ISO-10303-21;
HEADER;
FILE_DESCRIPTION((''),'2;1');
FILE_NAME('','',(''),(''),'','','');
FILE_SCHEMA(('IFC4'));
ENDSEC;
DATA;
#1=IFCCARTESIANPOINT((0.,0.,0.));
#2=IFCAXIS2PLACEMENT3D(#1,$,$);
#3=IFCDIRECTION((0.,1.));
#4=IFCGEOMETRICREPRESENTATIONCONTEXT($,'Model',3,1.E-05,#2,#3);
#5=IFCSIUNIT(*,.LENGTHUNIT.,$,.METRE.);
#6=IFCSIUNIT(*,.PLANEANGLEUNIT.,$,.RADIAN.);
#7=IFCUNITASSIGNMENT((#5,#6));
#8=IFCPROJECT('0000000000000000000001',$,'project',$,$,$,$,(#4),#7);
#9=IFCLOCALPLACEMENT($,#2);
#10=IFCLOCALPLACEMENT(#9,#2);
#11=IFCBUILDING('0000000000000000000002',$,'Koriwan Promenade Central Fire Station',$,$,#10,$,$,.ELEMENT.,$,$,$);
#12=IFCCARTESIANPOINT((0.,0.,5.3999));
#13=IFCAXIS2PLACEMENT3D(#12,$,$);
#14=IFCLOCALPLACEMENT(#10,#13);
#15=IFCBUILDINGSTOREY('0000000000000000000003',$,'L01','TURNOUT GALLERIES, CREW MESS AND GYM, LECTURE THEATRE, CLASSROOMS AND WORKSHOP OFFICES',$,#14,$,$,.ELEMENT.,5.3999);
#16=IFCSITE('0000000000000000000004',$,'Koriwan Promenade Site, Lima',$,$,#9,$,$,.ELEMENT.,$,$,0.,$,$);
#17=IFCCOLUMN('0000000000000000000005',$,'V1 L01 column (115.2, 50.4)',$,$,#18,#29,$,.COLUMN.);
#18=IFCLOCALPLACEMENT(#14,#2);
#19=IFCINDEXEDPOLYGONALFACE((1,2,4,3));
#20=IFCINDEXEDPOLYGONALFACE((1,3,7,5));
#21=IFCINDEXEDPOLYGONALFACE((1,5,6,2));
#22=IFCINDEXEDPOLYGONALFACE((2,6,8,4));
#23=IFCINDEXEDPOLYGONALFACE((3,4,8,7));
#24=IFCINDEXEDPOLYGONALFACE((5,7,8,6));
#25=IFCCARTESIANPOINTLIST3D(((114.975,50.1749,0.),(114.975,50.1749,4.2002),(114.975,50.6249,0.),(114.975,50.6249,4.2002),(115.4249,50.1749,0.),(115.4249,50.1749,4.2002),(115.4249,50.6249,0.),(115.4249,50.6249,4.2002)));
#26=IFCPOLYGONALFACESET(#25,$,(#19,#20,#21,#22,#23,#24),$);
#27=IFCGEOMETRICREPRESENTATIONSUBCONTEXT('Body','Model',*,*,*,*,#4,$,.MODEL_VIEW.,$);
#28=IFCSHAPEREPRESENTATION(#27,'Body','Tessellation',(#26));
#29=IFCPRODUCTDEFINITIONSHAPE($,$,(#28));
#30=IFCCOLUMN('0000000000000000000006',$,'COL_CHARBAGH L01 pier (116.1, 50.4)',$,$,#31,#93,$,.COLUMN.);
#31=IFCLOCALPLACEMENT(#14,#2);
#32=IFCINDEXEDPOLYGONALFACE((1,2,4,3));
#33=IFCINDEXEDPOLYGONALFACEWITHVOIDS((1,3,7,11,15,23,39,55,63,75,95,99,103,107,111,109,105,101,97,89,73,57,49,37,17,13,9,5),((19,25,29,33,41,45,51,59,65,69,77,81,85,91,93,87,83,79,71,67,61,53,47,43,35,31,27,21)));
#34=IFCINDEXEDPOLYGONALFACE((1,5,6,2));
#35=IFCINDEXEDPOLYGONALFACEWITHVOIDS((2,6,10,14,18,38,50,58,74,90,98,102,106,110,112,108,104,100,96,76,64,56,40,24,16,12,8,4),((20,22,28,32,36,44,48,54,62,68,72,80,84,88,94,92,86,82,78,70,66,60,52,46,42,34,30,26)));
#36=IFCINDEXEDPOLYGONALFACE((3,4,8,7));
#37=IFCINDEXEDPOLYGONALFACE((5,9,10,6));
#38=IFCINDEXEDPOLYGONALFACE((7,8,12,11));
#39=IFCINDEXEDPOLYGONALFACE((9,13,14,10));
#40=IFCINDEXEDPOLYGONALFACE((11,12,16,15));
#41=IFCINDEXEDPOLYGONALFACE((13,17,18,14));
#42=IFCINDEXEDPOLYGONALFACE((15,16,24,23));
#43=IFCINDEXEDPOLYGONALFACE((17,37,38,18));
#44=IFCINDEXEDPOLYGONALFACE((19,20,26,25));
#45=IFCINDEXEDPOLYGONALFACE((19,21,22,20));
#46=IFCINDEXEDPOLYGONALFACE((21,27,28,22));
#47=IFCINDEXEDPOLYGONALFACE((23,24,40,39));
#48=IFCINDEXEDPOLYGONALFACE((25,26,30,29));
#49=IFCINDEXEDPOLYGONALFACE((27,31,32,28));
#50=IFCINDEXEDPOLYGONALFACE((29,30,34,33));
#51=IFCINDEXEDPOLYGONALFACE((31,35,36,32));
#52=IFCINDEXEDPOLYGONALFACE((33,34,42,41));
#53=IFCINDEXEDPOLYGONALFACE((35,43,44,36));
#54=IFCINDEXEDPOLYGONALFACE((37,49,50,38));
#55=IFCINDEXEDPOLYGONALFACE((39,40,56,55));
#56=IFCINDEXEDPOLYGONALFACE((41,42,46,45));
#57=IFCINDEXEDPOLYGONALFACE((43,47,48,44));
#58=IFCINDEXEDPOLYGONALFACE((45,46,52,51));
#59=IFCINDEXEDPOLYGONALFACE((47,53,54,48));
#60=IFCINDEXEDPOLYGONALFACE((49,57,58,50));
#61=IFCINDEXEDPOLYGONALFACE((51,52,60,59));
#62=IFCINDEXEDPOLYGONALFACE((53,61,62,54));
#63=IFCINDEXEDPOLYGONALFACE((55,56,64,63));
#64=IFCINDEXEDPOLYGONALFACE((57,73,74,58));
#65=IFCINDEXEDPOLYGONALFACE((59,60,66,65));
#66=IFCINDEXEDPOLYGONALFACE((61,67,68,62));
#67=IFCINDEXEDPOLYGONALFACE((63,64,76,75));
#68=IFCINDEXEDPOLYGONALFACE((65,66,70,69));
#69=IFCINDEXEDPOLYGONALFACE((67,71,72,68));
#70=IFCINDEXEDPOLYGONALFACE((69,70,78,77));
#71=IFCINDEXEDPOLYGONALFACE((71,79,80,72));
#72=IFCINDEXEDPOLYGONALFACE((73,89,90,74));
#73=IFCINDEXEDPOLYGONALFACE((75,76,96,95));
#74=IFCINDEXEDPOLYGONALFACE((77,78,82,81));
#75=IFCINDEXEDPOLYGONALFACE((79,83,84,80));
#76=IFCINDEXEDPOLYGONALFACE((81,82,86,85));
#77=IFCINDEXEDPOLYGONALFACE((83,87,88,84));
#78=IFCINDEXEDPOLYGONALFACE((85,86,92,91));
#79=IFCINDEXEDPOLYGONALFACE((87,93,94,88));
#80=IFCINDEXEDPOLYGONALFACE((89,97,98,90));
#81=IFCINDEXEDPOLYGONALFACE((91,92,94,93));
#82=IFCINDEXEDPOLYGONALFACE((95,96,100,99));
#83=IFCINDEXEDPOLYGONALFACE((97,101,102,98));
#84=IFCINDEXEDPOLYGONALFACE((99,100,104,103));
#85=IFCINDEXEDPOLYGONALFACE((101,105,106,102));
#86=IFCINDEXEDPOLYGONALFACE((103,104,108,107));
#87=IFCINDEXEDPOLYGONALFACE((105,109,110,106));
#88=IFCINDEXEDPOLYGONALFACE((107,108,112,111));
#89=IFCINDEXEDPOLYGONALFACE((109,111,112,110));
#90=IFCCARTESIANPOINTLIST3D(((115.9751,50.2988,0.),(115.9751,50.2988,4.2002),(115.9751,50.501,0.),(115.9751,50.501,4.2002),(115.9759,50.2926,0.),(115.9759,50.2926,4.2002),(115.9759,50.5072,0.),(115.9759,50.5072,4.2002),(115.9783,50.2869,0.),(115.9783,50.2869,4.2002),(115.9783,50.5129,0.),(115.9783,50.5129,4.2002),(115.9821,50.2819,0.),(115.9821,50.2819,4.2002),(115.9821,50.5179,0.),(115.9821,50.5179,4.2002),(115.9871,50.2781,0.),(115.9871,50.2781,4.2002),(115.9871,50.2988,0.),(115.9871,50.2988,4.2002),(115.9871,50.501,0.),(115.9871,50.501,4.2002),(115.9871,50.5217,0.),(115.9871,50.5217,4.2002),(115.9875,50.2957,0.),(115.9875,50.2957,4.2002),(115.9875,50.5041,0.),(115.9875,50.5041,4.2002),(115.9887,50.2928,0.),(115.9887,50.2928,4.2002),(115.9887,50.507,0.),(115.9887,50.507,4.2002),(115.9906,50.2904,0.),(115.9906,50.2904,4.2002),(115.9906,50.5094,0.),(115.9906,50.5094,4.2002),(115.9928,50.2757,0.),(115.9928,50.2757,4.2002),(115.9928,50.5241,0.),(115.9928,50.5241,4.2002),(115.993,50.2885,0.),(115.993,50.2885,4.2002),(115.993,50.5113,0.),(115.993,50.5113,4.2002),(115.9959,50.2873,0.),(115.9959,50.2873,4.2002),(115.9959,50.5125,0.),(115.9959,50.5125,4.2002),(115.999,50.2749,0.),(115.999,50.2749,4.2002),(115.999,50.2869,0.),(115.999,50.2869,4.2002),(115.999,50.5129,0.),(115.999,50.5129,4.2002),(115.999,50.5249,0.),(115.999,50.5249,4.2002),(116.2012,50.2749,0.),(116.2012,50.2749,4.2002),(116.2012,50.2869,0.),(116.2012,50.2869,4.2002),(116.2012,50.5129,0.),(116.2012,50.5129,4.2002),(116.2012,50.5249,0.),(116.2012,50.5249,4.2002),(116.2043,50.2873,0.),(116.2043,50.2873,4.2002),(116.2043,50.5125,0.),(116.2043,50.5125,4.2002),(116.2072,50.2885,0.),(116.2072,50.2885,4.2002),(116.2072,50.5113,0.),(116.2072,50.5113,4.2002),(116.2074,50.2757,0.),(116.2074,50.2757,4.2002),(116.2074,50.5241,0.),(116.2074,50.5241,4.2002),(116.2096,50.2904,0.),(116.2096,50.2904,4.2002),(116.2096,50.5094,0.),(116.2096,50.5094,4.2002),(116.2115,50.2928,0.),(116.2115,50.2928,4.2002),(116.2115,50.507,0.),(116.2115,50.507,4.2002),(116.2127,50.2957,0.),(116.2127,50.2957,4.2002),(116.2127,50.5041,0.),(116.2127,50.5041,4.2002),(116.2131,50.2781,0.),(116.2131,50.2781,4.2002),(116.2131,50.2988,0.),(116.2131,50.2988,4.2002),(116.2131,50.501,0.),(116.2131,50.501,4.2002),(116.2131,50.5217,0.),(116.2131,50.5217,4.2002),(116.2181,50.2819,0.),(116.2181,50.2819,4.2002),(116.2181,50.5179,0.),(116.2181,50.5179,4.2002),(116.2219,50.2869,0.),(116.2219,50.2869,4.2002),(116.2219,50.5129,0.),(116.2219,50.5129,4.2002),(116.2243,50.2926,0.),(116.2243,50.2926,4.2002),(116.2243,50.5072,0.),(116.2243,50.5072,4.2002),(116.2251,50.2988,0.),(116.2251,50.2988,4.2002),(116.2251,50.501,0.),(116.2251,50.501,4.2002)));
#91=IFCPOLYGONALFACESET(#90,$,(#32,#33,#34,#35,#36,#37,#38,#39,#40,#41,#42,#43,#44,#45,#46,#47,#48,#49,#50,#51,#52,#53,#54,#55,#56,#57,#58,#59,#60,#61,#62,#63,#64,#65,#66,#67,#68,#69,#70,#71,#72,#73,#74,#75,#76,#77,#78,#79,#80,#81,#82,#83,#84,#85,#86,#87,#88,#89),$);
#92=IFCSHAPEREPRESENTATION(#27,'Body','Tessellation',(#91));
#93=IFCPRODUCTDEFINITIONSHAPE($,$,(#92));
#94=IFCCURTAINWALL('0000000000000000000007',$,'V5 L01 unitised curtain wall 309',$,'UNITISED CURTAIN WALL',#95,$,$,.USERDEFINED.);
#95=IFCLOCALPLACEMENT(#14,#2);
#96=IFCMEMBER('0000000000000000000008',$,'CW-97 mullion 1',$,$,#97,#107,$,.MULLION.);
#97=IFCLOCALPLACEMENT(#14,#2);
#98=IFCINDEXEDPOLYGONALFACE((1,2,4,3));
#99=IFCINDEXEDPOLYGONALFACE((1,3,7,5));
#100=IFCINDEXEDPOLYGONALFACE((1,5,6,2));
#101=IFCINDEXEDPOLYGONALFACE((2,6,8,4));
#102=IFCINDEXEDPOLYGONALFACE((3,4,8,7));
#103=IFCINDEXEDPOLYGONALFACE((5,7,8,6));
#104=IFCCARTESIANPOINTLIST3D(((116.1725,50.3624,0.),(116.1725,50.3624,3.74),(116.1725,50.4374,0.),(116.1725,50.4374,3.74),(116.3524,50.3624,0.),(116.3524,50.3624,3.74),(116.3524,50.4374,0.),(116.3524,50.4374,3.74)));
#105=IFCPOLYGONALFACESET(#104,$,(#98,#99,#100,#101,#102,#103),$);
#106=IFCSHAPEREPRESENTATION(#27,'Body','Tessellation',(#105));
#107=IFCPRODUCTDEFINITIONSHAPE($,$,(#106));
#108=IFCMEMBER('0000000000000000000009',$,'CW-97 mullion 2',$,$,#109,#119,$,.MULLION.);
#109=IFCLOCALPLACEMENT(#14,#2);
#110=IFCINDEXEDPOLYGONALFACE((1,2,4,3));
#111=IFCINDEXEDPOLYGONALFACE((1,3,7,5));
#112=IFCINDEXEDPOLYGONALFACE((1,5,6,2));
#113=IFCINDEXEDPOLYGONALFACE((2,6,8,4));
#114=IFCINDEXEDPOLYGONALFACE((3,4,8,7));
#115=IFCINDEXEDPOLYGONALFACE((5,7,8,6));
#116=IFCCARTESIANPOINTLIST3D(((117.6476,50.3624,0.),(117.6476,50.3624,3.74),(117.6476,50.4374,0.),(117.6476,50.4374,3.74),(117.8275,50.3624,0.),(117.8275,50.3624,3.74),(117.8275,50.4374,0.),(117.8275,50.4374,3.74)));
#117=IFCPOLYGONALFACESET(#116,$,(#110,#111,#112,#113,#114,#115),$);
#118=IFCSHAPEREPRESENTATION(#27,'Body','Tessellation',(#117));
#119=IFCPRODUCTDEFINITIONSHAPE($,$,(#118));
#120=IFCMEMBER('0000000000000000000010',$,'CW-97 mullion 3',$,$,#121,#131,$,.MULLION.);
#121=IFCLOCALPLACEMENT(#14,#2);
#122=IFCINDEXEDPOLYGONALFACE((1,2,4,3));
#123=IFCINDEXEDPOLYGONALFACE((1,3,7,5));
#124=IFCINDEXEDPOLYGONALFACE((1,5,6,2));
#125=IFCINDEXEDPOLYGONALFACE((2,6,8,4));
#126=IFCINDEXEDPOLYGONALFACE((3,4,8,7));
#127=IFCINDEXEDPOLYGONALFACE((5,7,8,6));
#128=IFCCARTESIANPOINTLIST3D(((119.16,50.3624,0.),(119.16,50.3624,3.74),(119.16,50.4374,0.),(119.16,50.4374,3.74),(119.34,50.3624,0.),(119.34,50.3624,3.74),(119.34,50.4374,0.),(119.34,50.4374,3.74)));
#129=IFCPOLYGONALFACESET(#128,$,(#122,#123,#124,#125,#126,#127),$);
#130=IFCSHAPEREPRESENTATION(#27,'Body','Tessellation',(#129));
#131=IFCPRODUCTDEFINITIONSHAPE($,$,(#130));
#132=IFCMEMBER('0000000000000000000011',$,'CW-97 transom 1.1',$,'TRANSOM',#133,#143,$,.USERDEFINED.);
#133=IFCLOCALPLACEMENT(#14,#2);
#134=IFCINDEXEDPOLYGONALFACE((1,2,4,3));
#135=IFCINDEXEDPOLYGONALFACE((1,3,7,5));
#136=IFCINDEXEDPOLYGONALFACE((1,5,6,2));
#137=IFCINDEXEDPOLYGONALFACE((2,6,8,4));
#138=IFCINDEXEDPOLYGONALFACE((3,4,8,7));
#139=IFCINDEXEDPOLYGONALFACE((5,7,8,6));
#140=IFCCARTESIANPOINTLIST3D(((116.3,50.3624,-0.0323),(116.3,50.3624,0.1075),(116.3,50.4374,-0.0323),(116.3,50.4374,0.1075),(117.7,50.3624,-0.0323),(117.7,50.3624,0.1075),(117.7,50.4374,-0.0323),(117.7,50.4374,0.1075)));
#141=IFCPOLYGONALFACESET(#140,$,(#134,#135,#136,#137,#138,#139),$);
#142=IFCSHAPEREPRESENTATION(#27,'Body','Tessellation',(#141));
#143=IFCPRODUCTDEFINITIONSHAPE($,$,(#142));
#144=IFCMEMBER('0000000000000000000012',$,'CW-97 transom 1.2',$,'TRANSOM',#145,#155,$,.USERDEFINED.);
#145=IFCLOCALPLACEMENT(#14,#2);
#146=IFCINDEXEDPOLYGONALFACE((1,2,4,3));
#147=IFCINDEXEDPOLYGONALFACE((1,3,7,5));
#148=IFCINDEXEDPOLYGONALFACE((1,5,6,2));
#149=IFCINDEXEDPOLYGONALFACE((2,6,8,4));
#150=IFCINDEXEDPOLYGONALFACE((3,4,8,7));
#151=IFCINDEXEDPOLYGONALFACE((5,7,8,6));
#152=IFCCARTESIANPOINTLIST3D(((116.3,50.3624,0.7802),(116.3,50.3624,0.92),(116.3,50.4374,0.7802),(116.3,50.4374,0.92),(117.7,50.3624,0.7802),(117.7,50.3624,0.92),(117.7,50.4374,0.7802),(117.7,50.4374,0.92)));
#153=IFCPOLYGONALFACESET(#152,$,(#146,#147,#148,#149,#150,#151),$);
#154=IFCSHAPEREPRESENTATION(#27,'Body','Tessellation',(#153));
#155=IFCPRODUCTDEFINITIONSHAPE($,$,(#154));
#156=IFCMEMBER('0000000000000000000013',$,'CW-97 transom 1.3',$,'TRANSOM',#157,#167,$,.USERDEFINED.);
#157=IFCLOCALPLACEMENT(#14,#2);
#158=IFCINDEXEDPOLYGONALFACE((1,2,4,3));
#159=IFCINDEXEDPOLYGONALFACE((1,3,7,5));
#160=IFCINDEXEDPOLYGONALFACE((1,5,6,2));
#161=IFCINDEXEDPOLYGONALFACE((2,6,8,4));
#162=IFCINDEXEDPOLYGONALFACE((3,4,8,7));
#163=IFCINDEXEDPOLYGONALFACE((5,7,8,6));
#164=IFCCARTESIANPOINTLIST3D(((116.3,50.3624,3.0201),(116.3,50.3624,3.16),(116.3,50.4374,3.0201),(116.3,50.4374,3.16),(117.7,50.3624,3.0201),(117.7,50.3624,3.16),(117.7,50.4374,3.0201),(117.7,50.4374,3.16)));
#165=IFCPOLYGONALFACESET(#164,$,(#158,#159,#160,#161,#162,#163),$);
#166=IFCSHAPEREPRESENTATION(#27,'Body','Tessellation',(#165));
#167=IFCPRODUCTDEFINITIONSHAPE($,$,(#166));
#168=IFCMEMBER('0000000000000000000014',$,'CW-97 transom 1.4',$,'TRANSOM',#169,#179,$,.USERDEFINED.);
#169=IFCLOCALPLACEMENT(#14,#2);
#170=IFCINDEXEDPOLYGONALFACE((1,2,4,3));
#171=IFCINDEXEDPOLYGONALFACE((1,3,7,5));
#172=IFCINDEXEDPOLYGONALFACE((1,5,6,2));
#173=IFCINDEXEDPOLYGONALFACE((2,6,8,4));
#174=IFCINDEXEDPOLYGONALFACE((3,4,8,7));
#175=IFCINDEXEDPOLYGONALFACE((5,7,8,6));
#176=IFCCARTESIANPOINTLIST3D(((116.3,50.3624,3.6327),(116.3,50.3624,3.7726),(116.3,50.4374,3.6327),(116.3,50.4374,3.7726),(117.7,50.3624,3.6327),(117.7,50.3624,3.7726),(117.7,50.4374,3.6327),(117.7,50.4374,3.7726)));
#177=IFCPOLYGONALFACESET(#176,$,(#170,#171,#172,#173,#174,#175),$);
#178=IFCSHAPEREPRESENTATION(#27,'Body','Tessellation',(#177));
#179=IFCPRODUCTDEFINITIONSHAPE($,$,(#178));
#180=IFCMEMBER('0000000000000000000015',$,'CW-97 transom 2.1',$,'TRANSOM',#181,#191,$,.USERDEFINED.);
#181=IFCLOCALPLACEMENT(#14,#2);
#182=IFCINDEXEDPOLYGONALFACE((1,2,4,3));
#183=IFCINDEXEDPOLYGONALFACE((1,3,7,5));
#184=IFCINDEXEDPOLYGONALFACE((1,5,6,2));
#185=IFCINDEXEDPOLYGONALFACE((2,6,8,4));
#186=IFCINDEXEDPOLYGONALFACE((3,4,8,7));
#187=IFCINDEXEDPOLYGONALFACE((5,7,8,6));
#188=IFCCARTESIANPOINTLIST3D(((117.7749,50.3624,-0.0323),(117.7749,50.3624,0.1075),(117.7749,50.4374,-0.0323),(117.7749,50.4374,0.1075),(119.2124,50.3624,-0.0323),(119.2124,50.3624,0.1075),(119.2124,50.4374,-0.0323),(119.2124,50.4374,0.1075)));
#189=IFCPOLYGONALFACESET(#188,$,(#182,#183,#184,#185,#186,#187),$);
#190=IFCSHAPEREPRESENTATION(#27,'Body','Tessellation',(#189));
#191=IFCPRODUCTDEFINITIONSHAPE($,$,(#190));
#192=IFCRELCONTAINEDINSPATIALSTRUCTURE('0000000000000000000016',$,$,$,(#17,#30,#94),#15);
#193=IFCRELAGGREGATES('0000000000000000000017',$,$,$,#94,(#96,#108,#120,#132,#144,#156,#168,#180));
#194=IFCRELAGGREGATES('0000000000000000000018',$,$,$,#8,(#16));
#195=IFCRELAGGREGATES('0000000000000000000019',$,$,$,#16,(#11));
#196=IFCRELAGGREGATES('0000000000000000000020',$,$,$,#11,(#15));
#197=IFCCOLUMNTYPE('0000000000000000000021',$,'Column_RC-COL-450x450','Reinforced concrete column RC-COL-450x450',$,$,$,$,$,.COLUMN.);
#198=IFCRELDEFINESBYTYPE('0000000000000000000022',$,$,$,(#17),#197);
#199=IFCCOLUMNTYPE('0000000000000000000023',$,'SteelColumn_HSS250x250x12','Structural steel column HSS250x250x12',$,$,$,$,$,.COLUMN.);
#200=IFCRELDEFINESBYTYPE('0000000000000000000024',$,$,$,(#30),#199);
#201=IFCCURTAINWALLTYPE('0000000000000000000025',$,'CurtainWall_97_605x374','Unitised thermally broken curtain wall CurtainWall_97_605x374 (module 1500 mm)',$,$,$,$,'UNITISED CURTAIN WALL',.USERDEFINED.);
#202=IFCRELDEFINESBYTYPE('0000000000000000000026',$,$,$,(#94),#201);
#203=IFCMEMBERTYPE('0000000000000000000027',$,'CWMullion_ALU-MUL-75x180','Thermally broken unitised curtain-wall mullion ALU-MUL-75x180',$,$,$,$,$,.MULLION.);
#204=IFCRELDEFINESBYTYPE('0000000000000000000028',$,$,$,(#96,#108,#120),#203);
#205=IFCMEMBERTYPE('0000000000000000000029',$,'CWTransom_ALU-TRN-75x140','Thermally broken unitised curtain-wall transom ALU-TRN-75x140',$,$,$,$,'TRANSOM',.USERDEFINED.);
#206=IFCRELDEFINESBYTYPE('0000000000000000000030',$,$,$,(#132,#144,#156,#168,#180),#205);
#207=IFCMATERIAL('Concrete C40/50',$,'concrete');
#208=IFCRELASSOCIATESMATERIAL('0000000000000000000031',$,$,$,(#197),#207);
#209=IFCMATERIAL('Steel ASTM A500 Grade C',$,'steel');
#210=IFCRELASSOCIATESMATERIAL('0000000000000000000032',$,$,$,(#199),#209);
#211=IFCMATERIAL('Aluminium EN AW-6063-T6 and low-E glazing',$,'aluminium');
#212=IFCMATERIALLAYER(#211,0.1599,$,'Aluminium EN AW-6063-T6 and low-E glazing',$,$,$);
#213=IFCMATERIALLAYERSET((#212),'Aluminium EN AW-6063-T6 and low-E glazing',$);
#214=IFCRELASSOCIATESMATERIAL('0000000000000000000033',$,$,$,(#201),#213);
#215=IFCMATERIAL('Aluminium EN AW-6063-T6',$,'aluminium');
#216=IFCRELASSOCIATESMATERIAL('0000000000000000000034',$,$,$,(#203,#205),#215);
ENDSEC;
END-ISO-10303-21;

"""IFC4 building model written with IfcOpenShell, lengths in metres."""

from ifc_helpers import new_model, si_unit, direction, frame, origin, origin_2d, place, context, subcontext, project, spatial, rectangle, hollow_rectangle, extrude, material, layer, layer_set, material_profile, profile_set, type_object, element, aggregate, save


model = new_model("IFC4")

# Units and contexts
model_context = context("Model", 3, precision=1e-05, world=origin(), true_north=direction((0.0, 1.0)))
body_context = subcontext(model_context, "Body", "Model", "MODEL_VIEW")
ifc_project = project(units=[si_unit("LENGTHUNIT", "METRE"), si_unit("PLANEANGLEUNIT", "RADIAN")], contexts=[model_context])

# Site, building, storey
site_placement = place(None, origin())
site = spatial("IfcSite", under=ifc_project, at=site_placement, Name="Koriwan Promenade Site, Lima", CompositionType="ELEMENT", RefElevation=0.0)
building_placement = place(site_placement, origin())
building = spatial("IfcBuilding", under=site, at=building_placement, Name="Koriwan Promenade Central Fire Station", CompositionType="ELEMENT")
storey_placement = place(building_placement, frame((0.0, 0.0, 5.3999)))
storey = spatial("IfcBuildingStorey", under=building, at=storey_placement, Name="L01", Description="TURNOUT GALLERIES, CREW MESS AND GYM, LECTURE THEATRE, CLASSROOMS AND WORKSHOP OFFICES", CompositionType="ELEMENT", Elevation=5.3999)

# Columns
ifc_material_1 = material(Name="Concrete C40/50", Category="concrete")
ifc_material_profile_1 = material_profile(ifc_material_1, rectangle(XDim=0.45, YDim=0.45, at=origin_2d()), Name="RC-COL-450x450")
ifc_profile_set_1 = profile_set([ifc_material_profile_1], Name="Concrete C40/50")
column_type_1 = type_object("IfcColumnType", Name="Column_RC-COL-450x450", Description="Reinforced concrete column RC-COL-450x450", PredefinedType="COLUMN", material=ifc_profile_set_1)
column_1_placement = place(storey_placement, frame((115.2, 50.3999, 0.0), z_axis=(0.0, 0.0, 1.0), x_axis=(1.0, 0.0, 0.0)))
element("IfcColumn", 1, at=column_1_placement, inside=storey, type_object=column_type_1, Name="V1 L01 column (115.2, 50.4)", PredefinedType="COLUMN", context=body_context, shape_type="SweptSolid", body=[
    extrude(rectangle(XDim=0.45, YDim=0.45, at=origin_2d()), origin(), (0.0, 0.0, 1.0), 4.2002),
])
ifc_material_2 = material(Name="Steel ASTM A500 Grade C", Category="steel")
ifc_material_profile_2 = material_profile(ifc_material_2, hollow_rectangle(XDim=0.25, YDim=0.25, WallThickness=0.012, InnerFilletRadius=0.012, OuterFilletRadius=0.0239, at=origin_2d()), Name="HSS250x250x12")
ifc_profile_set_2 = profile_set([ifc_material_profile_2], Name="Steel ASTM A500 Grade C")
column_type_2 = type_object("IfcColumnType", Name="SteelColumn_HSS250x250x12", Description="Structural steel column HSS250x250x12", PredefinedType="COLUMN", material=ifc_profile_set_2)
column_2_placement = place(storey_placement, frame((116.1001, 50.3999, 0.0), z_axis=(0.0, 0.0, 1.0), x_axis=(1.0, 0.0, 0.0)))
element("IfcColumn", 2, at=column_2_placement, inside=storey, type_object=column_type_2, Name="COL_CHARBAGH L01 pier (116.1, 50.4)", PredefinedType="COLUMN", context=body_context, shape_type="SweptSolid", body=[
    extrude(hollow_rectangle(XDim=0.25, YDim=0.25, WallThickness=0.012, InnerFilletRadius=0.012, OuterFilletRadius=0.0239, at=origin_2d()), origin(), (0.0, 0.0, 1.0), 4.2002),
])

# Curtain wall, members
ifc_material_3 = material(Name="Aluminium EN AW-6063-T6 and low-E glazing", Category="aluminium")
ifc_layer_1 = layer(ifc_material_3, 0.1599, Name="Aluminium EN AW-6063-T6 and low-E glazing")
ifc_layer_set_1 = layer_set([ifc_layer_1], Name="Aluminium EN AW-6063-T6 and low-E glazing")
curtain_wall_type = type_object("IfcCurtainWallType", Name="CurtainWall_97_605x374", Description="Unitised thermally broken curtain wall CurtainWall_97_605x374 (module 1500 mm)", ElementType="UNITISED CURTAIN WALL", PredefinedType="USERDEFINED", material=ifc_layer_set_1)
curtain_wall_placement = place(storey_placement, origin())
curtain_wall = element("IfcCurtainWall", 3, at=curtain_wall_placement, inside=storey, type_object=curtain_wall_type, Name="V5 L01 unitised curtain wall 309", ObjectType="UNITISED CURTAIN WALL", PredefinedType="USERDEFINED")
ifc_material_4 = material(Name="Aluminium EN AW-6063-T6", Category="aluminium")
ifc_material_profile_3 = material_profile(ifc_material_4, rectangle(XDim=0.075, YDim=0.1799, at=origin_2d()), Name="ALU-MUL-75x180")
ifc_profile_set_3 = profile_set([ifc_material_profile_3], Name="Aluminium EN AW-6063-T6")
member_type_1 = type_object("IfcMemberType", Name="CWMullion_ALU-MUL-75x180", Description="Thermally broken unitised curtain-wall mullion ALU-MUL-75x180", PredefinedType="MULLION", material=ifc_profile_set_3)
member_1_placement = place(storey_placement, frame((116.2625, 50.3999, 0.0), z_axis=(0.0, 0.0, 1.0), x_axis=(0.0, 1.0, 0.0)))
member_1 = element("IfcMember", 4, at=member_1_placement, type_object=member_type_1, Name="CW-97 mullion 1", PredefinedType="MULLION", context=body_context, shape_type="SweptSolid", body=[
    extrude(rectangle(XDim=0.075, YDim=0.1799, at=origin_2d()), origin(), (0.0, 0.0, 1.0), 3.74),
])
member_2_placement = place(storey_placement, frame((117.7375, 50.3999, 0.0), z_axis=(0.0, 0.0, 1.0), x_axis=(0.0, 1.0, 0.0)))
member_2 = element("IfcMember", 5, at=member_2_placement, type_object=member_type_1, Name="CW-97 mullion 2", PredefinedType="MULLION", context=body_context, shape_type="SweptSolid", body=[
    extrude(rectangle(XDim=0.075, YDim=0.1799, at=origin_2d()), origin(), (0.0, 0.0, 1.0), 3.74),
])
member_3_placement = place(storey_placement, frame((119.25, 50.3999, 0.0), z_axis=(0.0, 0.0, 1.0), x_axis=(0.0, 1.0, 0.0)))
member_3 = element("IfcMember", 6, at=member_3_placement, type_object=member_type_1, Name="CW-97 mullion 3", PredefinedType="MULLION", context=body_context, shape_type="SweptSolid", body=[
    extrude(rectangle(XDim=0.075, YDim=0.1799, at=origin_2d()), origin(), (0.0, 0.0, 1.0), 3.74),
])
ifc_material_profile_4 = material_profile(ifc_material_4, rectangle(XDim=0.075, YDim=0.1399, at=origin_2d()), Name="ALU-TRN-75x140")
ifc_profile_set_4 = profile_set([ifc_material_profile_4], Name="Aluminium EN AW-6063-T6")
member_type_2 = type_object("IfcMemberType", Name="CWTransom_ALU-TRN-75x140", Description="Thermally broken unitised curtain-wall transom ALU-TRN-75x140", ElementType="TRANSOM", PredefinedType="USERDEFINED", material=ifc_profile_set_4)
member_4_placement = place(storey_placement, frame((116.3, 50.3999, 0.0376), z_axis=(1.0, 0.0, 0.0), x_axis=(0.0, 1.0, 0.0)))
member_4 = element("IfcMember", 7, at=member_4_placement, type_object=member_type_2, Name="CW-97 transom 1.1", ObjectType="TRANSOM", PredefinedType="USERDEFINED", context=body_context, shape_type="SweptSolid", body=[
    extrude(rectangle(XDim=0.075, YDim=0.1399, at=origin_2d()), origin(), (0.0, 0.0, 1.0), 1.3999),
])
member_5_placement = place(storey_placement, frame((116.3, 50.3999, 0.8501), z_axis=(1.0, 0.0, 0.0), x_axis=(0.0, 1.0, 0.0)))
member_5 = element("IfcMember", 8, at=member_5_placement, type_object=member_type_2, Name="CW-97 transom 1.2", ObjectType="TRANSOM", PredefinedType="USERDEFINED", context=body_context, shape_type="SweptSolid", body=[
    extrude(rectangle(XDim=0.075, YDim=0.1399, at=origin_2d()), origin(), (0.0, 0.0, 1.0), 1.3999),
])
member_6_placement = place(storey_placement, frame((116.3, 50.3999, 3.0901), z_axis=(1.0, 0.0, 0.0), x_axis=(0.0, 1.0, 0.0)))
member_6 = element("IfcMember", 9, at=member_6_placement, type_object=member_type_2, Name="CW-97 transom 1.3", ObjectType="TRANSOM", PredefinedType="USERDEFINED", context=body_context, shape_type="SweptSolid", body=[
    extrude(rectangle(XDim=0.075, YDim=0.1399, at=origin_2d()), origin(), (0.0, 0.0, 1.0), 1.3999),
])
member_7_placement = place(storey_placement, frame((116.3, 50.3999, 3.7026), z_axis=(1.0, 0.0, 0.0), x_axis=(0.0, 1.0, 0.0)))
member_7 = element("IfcMember", 10, at=member_7_placement, type_object=member_type_2, Name="CW-97 transom 1.4", ObjectType="TRANSOM", PredefinedType="USERDEFINED", context=body_context, shape_type="SweptSolid", body=[
    extrude(rectangle(XDim=0.075, YDim=0.1399, at=origin_2d()), origin(), (0.0, 0.0, 1.0), 1.3999),
])
member_8_placement = place(storey_placement, frame((117.7749, 50.3999, 0.0376), z_axis=(1.0, 0.0, 0.0), x_axis=(0.0, 1.0, 0.0)))
member_8 = element("IfcMember", 11, at=member_8_placement, type_object=member_type_2, Name="CW-97 transom 2.1", ObjectType="TRANSOM", PredefinedType="USERDEFINED", context=body_context, shape_type="SweptSolid", body=[
    extrude(rectangle(XDim=0.075, YDim=0.1399, at=origin_2d()), origin(), (0.0, 0.0, 1.0), 1.4375),
])

aggregate(curtain_wall, [member_1, member_2, member_3, member_4, member_5, member_6, member_7, member_8])

save(model, "model.ifc")
